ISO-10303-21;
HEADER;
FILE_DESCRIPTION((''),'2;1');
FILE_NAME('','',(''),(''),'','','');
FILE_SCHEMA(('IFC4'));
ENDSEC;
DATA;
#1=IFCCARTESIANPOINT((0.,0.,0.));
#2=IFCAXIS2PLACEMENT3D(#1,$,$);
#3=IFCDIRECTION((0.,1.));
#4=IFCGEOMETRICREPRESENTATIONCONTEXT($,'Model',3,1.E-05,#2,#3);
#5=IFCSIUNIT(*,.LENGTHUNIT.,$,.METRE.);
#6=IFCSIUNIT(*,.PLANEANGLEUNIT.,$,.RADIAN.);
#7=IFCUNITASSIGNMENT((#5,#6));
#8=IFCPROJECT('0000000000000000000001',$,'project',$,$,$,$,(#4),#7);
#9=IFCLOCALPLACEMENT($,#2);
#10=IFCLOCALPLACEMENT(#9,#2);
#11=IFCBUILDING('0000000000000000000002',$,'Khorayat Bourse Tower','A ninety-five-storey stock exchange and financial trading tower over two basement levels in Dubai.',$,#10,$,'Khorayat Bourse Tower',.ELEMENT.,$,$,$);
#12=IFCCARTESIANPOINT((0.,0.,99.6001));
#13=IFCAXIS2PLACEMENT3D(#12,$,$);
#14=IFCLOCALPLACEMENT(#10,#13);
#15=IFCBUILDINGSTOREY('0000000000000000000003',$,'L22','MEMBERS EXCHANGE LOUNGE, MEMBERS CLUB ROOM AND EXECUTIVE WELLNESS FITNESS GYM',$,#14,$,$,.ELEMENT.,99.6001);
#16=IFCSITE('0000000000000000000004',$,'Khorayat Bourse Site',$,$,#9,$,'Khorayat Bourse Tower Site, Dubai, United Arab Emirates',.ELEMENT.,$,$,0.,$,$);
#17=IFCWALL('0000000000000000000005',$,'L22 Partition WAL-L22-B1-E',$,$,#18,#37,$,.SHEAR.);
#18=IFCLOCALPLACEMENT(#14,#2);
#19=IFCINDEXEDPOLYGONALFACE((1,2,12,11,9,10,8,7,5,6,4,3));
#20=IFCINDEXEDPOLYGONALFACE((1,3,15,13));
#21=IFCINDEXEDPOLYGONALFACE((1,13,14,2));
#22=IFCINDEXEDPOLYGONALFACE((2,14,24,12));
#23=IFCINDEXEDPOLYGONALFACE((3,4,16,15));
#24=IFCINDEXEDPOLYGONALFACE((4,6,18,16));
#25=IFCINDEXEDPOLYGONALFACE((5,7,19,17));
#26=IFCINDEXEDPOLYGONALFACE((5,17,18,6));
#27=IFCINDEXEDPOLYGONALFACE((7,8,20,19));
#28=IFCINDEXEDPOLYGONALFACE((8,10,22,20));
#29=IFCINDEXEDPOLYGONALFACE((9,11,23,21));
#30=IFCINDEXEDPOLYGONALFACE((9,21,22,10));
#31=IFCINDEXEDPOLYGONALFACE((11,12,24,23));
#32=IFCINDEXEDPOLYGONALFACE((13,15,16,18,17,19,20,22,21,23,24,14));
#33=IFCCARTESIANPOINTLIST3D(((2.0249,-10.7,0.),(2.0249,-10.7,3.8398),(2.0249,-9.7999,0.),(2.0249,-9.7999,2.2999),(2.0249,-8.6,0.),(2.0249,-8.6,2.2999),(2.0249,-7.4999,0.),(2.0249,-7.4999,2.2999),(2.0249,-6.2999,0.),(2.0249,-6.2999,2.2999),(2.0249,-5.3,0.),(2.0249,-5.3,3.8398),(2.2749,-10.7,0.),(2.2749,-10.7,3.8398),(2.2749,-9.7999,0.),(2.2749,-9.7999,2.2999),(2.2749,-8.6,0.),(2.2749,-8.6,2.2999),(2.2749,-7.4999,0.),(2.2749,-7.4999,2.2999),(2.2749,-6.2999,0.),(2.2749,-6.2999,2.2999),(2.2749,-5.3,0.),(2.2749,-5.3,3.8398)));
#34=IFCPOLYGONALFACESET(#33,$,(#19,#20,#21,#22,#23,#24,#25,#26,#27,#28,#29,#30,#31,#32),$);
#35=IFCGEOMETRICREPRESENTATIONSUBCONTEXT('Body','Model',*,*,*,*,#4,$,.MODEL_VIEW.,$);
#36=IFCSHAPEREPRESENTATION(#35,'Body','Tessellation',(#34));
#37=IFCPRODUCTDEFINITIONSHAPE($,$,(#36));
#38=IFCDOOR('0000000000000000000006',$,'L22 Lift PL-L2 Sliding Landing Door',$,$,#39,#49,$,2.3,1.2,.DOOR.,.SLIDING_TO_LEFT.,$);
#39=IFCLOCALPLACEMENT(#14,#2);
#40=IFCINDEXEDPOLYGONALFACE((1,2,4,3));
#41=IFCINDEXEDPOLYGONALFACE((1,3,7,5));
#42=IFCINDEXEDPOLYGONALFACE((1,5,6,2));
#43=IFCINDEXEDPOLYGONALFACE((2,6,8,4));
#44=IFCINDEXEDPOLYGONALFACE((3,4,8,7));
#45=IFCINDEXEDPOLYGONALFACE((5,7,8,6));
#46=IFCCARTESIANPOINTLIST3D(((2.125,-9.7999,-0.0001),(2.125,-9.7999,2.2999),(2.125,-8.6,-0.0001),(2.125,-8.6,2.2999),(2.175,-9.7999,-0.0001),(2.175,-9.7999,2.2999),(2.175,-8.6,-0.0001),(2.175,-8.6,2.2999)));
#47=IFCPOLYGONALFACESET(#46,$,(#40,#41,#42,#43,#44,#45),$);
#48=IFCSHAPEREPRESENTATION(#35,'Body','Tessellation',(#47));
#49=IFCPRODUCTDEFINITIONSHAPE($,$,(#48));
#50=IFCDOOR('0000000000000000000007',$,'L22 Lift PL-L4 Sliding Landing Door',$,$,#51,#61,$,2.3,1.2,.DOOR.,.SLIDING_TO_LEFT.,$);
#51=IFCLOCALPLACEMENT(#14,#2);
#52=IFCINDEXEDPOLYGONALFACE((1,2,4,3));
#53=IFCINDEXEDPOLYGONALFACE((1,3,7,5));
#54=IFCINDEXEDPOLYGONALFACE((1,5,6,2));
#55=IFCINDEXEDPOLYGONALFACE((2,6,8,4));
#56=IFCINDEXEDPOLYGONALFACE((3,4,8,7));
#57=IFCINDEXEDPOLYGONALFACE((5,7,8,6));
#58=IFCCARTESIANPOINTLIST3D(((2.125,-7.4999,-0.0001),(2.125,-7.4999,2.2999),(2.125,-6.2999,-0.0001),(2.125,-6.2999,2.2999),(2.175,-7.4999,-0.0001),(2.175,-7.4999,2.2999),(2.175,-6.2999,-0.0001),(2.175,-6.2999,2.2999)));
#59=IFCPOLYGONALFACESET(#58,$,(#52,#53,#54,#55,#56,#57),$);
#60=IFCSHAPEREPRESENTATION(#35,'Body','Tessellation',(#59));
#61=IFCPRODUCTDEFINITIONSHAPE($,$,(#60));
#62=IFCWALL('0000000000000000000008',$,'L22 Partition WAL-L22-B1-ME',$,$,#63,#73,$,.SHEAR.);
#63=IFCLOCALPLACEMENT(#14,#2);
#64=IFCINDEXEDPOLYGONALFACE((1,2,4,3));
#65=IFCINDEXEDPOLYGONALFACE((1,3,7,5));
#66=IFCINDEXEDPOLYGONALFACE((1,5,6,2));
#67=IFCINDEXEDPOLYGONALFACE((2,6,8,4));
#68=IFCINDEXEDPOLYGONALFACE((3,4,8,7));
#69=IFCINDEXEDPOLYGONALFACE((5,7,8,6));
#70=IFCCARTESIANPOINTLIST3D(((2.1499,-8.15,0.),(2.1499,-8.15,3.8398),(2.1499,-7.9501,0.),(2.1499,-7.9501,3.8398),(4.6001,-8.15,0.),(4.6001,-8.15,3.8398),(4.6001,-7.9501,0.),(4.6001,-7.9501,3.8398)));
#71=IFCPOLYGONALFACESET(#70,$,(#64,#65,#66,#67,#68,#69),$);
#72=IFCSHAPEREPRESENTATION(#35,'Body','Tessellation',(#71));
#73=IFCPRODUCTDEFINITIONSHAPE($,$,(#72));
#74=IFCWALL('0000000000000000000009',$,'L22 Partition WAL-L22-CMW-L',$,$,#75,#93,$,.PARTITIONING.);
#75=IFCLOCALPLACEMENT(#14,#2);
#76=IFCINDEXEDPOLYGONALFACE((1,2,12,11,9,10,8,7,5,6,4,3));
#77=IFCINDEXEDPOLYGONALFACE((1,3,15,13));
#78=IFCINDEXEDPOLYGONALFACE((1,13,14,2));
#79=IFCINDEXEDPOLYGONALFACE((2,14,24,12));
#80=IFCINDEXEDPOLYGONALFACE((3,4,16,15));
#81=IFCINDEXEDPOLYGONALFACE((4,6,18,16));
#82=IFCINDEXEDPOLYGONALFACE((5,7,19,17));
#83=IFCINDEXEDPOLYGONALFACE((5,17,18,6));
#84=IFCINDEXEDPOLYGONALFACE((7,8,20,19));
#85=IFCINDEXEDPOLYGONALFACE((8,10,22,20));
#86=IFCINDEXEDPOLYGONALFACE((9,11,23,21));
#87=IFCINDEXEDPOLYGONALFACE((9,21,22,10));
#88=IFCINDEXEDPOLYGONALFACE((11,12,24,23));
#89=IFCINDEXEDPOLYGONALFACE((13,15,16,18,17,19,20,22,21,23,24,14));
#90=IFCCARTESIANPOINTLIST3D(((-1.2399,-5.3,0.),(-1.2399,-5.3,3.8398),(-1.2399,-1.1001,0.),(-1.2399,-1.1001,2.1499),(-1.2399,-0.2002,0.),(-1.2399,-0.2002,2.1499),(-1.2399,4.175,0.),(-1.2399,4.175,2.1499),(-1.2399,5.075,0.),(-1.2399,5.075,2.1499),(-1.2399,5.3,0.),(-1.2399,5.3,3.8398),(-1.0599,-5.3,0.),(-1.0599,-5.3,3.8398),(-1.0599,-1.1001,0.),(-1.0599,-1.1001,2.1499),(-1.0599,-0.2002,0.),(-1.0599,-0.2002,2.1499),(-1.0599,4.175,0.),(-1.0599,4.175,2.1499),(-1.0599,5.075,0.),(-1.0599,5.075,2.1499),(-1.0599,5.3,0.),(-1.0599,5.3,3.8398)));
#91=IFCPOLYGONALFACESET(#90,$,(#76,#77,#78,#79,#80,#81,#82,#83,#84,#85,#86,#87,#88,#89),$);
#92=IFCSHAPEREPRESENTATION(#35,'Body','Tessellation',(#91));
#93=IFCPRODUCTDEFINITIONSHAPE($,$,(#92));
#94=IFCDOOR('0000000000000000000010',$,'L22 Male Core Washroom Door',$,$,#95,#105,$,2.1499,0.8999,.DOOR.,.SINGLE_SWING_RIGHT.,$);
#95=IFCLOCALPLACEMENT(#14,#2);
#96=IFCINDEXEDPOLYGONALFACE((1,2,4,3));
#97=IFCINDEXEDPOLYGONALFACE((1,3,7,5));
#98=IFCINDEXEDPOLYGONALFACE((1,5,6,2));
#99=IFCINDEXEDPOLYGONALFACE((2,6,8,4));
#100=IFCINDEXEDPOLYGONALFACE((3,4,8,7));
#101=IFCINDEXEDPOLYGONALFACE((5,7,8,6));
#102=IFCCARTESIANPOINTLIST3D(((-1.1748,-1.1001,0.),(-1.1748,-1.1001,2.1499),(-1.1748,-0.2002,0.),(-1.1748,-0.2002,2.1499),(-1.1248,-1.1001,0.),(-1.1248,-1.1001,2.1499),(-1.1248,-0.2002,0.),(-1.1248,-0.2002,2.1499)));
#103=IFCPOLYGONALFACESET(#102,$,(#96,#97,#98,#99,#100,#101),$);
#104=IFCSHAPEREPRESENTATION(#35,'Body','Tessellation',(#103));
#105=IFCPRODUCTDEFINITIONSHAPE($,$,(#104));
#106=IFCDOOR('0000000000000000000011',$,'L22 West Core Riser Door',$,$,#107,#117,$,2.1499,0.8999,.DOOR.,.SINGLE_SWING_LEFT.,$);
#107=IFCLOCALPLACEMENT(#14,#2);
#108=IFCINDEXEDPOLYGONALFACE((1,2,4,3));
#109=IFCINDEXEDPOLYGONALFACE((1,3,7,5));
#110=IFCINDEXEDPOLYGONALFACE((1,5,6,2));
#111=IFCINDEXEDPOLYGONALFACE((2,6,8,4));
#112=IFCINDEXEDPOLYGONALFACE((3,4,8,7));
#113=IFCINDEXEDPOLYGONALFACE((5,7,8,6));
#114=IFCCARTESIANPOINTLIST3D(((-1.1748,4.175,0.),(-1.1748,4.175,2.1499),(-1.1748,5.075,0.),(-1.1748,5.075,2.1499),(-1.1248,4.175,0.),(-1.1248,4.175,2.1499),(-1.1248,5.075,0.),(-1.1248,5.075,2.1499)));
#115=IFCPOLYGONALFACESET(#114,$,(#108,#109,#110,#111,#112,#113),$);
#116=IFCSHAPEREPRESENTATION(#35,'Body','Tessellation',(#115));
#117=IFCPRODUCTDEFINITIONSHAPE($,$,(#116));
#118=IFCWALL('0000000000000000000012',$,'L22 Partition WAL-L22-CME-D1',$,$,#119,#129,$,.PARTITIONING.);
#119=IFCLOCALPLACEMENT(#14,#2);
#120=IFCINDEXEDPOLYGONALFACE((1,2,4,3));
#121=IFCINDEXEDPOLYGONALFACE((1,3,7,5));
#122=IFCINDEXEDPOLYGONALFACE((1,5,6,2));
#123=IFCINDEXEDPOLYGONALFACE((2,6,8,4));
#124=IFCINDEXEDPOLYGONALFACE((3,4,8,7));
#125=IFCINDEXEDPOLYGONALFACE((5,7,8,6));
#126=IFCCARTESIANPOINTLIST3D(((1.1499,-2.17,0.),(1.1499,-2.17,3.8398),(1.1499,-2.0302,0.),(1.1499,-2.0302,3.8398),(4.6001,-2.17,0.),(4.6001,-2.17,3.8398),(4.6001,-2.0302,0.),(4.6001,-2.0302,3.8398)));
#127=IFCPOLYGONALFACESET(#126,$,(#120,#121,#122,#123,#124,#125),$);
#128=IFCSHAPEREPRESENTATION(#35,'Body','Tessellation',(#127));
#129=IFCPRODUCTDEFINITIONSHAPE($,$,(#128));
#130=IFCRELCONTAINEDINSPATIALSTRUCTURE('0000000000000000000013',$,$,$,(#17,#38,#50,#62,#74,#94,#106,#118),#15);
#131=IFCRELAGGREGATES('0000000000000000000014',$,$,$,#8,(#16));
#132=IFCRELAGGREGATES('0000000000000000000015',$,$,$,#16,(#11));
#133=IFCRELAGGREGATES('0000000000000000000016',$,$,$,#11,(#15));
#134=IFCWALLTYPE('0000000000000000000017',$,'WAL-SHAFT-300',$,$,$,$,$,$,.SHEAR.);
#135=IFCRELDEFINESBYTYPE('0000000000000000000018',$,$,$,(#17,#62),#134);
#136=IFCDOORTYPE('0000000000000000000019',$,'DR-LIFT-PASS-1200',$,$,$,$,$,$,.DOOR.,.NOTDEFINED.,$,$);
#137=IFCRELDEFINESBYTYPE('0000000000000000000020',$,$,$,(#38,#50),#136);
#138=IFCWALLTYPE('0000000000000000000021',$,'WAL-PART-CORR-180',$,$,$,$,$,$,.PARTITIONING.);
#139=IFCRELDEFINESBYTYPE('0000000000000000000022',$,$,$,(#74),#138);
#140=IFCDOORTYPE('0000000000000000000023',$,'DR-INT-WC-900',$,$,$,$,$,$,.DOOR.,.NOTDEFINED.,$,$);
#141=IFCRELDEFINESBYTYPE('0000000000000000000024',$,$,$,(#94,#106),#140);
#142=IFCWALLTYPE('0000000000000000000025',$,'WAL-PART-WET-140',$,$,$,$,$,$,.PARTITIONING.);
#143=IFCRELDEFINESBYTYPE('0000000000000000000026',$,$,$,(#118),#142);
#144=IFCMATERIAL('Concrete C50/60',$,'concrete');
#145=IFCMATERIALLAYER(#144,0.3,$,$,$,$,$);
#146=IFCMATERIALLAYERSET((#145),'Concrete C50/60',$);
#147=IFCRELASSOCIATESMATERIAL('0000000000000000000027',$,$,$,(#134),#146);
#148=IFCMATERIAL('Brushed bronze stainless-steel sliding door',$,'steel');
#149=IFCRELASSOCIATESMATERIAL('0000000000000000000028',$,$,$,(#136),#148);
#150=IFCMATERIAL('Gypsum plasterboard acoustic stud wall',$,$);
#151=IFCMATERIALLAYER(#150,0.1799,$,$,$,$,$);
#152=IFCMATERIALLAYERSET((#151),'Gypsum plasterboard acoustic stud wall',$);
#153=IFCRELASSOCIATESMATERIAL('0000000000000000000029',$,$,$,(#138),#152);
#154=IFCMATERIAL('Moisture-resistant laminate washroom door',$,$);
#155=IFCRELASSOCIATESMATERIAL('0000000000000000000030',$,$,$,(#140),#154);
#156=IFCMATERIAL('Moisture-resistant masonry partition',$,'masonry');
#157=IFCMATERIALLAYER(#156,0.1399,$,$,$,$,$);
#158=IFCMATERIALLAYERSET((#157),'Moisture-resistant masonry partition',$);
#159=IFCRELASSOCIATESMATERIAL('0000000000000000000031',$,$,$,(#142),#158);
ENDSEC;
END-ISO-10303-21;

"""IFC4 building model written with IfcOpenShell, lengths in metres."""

from ifc_helpers import new_model, si_unit, direction, frame, frame_2d, origin, place, context, subcontext, project, spatial, rectangle, extrude, source, transform, mapped, material, layer, layer_set, type_object, element, fill, save


model = new_model("IFC4")

# Units and contexts
model_context = context("Model", 3, precision=1e-05, world=origin(), true_north=direction((0.0, 1.0)))
body_context = subcontext(model_context, "Body", "Model", "MODEL_VIEW")
ifc_project = project(units=[si_unit("LENGTHUNIT", "METRE"), si_unit("PLANEANGLEUNIT", "RADIAN")], contexts=[model_context])

# Site, building, storey
site_placement = place(None, origin())
site = spatial("IfcSite", under=ifc_project, at=site_placement, Name="Khorayat Bourse Site", LongName="Khorayat Bourse Tower Site, Dubai, United Arab Emirates", CompositionType="ELEMENT", RefElevation=0.0)
building_placement = place(site_placement, origin())
building = spatial("IfcBuilding", under=site, at=building_placement, Name="Khorayat Bourse Tower", Description="A ninety-five-storey stock exchange and financial trading tower over two basement levels in Dubai.", LongName="Khorayat Bourse Tower", CompositionType="ELEMENT")
storey_placement = place(building_placement, frame((0.0, 0.0, 99.6001)))
storey = spatial("IfcBuildingStorey", under=building, at=storey_placement, Name="L22", Description="MEMBERS EXCHANGE LOUNGE, MEMBERS CLUB ROOM AND EXECUTIVE WELLNESS FITNESS GYM", CompositionType="ELEMENT", Elevation=99.6001)

# Shared definitions
ifc_material_1 = material(Name="Concrete C50/60", Category="concrete")
ifc_layer_1 = layer(ifc_material_1, 0.3)
ifc_layer_set_1 = layer_set([ifc_layer_1], Name="Concrete C50/60")
wall_type_1 = type_object("IfcWallType", Name="WAL-SHAFT-300", PredefinedType="SHEAR", material=ifc_layer_set_1)

# Wall, openings, doors
shared_shape_1 = source(origin(), body_context, "Body", "SweptSolid", [
    extrude(rectangle(XDim=5.3999, YDim=0.25, at=frame_2d((2.7, 0.0))), origin(), (0.0, 0.0, 1.0), 3.8398),
])
shared_shape_2 = source(origin(), body_context, "Body", "SweptSolid", [
    extrude(rectangle(XDim=1.2, YDim=2.3, at=frame_2d((0.6001, 1.1499))), frame((0.0, 0.135, 0.0), z_axis=(0.0, -1.0, 0.0), x_axis=(1.0, 0.0, 0.0)), (0.0, 0.0, 1.0), 0.27),
])
ifc_material_2 = material(Name="Brushed bronze stainless-steel sliding door", Category="steel")
door_type_1 = type_object("IfcDoorType", Name="DR-LIFT-PASS-1200", OperationType="NOTDEFINED", PredefinedType="DOOR", material=ifc_material_2)
shared_shape_3 = source(origin(), body_context, "Body", "SweptSolid", [
    extrude(rectangle(XDim=1.2, YDim=2.3, at=frame_2d((0.6001, 1.1499))), frame((0.0, 0.0249, 0.0), z_axis=(0.0, -1.0, 0.0), x_axis=(1.0, 0.0, 0.0)), (0.0, 0.0, 1.0), 0.05),
])
wall_1_placement = place(storey_placement, frame((2.1499, -10.7, 0.0), z_axis=(0.0, 0.0, 1.0), x_axis=(0.0, 1.0, 0.0)))
wall_1 = element("IfcWall", 1, at=wall_1_placement, inside=storey, type_object=wall_type_1, Name="L22 Partition WAL-L22-B1-E", PredefinedType="SHEAR", context=body_context, shape_type="MappedRepresentation", body=[
    mapped(shared_shape_1, transform((0.0, 0.0, 0.0), scale=1.0)),
])
opening_1_placement = place(wall_1_placement, frame((0.8999, 0.0, 0.0)))
opening_1 = element("IfcOpeningElement", 2, at=opening_1_placement, cuts=wall_1, PredefinedType="OPENING", context=body_context, shape_type="MappedRepresentation", body=[
    mapped(shared_shape_2, transform((0.0, 0.0, 0.0), scale=1.0)),
])
opening_2_placement = place(wall_1_placement, frame((3.2, 0.0, 0.0)))
opening_2 = element("IfcOpeningElement", 3, at=opening_2_placement, cuts=wall_1, PredefinedType="OPENING", context=body_context, shape_type="MappedRepresentation", body=[
    mapped(shared_shape_2, transform((0.0, 0.0, 0.0), scale=1.0)),
])
door_1_placement = place(opening_1_placement, origin())
door_1 = element("IfcDoor", 4, at=door_1_placement, inside=storey, type_object=door_type_1, Name="L22 Lift PL-L2 Sliding Landing Door", OperationType="SLIDING_TO_LEFT", OverallHeight=2.3, OverallWidth=1.2, PredefinedType="DOOR", context=body_context, shape_type="MappedRepresentation", body=[
    mapped(shared_shape_3, transform((0.0, 0.0, 0.0), scale=1.0)),
])
fill(opening_1, door_1)
door_2_placement = place(opening_2_placement, origin())
door_2 = element("IfcDoor", 5, at=door_2_placement, inside=storey, type_object=door_type_1, Name="L22 Lift PL-L4 Sliding Landing Door", OperationType="SLIDING_TO_LEFT", OverallHeight=2.3, OverallWidth=1.2, PredefinedType="DOOR", context=body_context, shape_type="MappedRepresentation", body=[
    mapped(shared_shape_3, transform((0.0, 0.0, 0.0), scale=1.0)),
])
fill(opening_2, door_2)

# Wall
shared_shape_4 = source(origin(), body_context, "Body", "SweptSolid", [
    extrude(rectangle(XDim=2.4502, YDim=0.2, at=frame_2d((1.2251, 0.0))), origin(), (0.0, 0.0, 1.0), 3.8398),
])
wall_2_placement = place(storey_placement, frame((2.1499, -8.05, 0.0), z_axis=(0.0, 0.0, 1.0), x_axis=(1.0, 0.0, 0.0)))
element("IfcWall", 6, at=wall_2_placement, inside=storey, type_object=wall_type_1, Name="L22 Partition WAL-L22-B1-ME", PredefinedType="SHEAR", context=body_context, shape_type="MappedRepresentation", body=[
    mapped(shared_shape_4, transform((0.0, 0.0, 0.0), scale=1.0)),
])

# Wall, openings, doors
ifc_material_3 = material(Name="Gypsum plasterboard acoustic stud wall")
ifc_layer_2 = layer(ifc_material_3, 0.1799)
ifc_layer_set_2 = layer_set([ifc_layer_2], Name="Gypsum plasterboard acoustic stud wall")
wall_type_2 = type_object("IfcWallType", Name="WAL-PART-CORR-180", PredefinedType="PARTITIONING", material=ifc_layer_set_2)
shared_shape_5 = source(origin(), body_context, "Body", "SweptSolid", [
    extrude(rectangle(XDim=10.6001, YDim=0.1799, at=frame_2d((5.3, 0.0))), origin(), (0.0, 0.0, 1.0), 3.8398),
])
wall_3_placement = place(storey_placement, frame((-1.1499, -5.3, 0.0), z_axis=(0.0, 0.0, 1.0), x_axis=(0.0, 1.0, 0.0)))
wall_3 = element("IfcWall", 7, at=wall_3_placement, inside=storey, type_object=wall_type_2, Name="L22 Partition WAL-L22-CMW-L", PredefinedType="PARTITIONING", context=body_context, shape_type="MappedRepresentation", body=[
    mapped(shared_shape_5, transform((0.0, 0.0, 0.0), scale=1.0)),
])
shared_shape_6 = source(origin(), body_context, "Body", "SweptSolid", [
    extrude(rectangle(XDim=0.8999, YDim=2.1499, at=frame_2d((0.45, 1.075))), frame((0.0, 0.0999, 0.0), z_axis=(0.0, -1.0, 0.0), x_axis=(1.0, 0.0, 0.0)), (0.0, 0.0, 1.0), 0.2),
])
opening_3_placement = place(wall_3_placement, frame((4.2, 0.0, 0.0)))
opening_3 = element("IfcOpeningElement", 8, at=opening_3_placement, cuts=wall_3, PredefinedType="OPENING", context=body_context, shape_type="MappedRepresentation", body=[
    mapped(shared_shape_6, transform((0.0, 0.0, 0.0), scale=1.0)),
])
opening_4_placement = place(wall_3_placement, frame((9.4751, 0.0, 0.0)))
opening_4 = element("IfcOpeningElement", 9, at=opening_4_placement, cuts=wall_3, PredefinedType="OPENING", context=body_context, shape_type="MappedRepresentation", body=[
    mapped(shared_shape_6, transform((0.0, 0.0, 0.0), scale=1.0)),
])
ifc_material_4 = material(Name="Moisture-resistant laminate washroom door")
door_type_2 = type_object("IfcDoorType", Name="DR-INT-WC-900", OperationType="NOTDEFINED", PredefinedType="DOOR", material=ifc_material_4)
shared_shape_7 = source(origin(), body_context, "Body", "SweptSolid", [
    extrude(rectangle(XDim=0.8999, YDim=2.1499, at=frame_2d((0.45, 1.075))), frame((0.0, 0.0249, 0.0), z_axis=(0.0, -1.0, 0.0), x_axis=(1.0, 0.0, 0.0)), (0.0, 0.0, 1.0), 0.05),
])
door_3_placement = place(opening_3_placement, origin())
door_3 = element("IfcDoor", 10, at=door_3_placement, inside=storey, type_object=door_type_2, Name="L22 Male Core Washroom Door", OperationType="SINGLE_SWING_RIGHT", OverallHeight=2.1499, OverallWidth=0.8999, PredefinedType="DOOR", context=body_context, shape_type="MappedRepresentation", body=[
    mapped(shared_shape_7, transform((0.0, 0.0, 0.0), scale=1.0)),
])
fill(opening_3, door_3)
door_4_placement = place(opening_4_placement, origin())
door_4 = element("IfcDoor", 11, at=door_4_placement, inside=storey, type_object=door_type_2, Name="L22 West Core Riser Door", OperationType="SINGLE_SWING_LEFT", OverallHeight=2.1499, OverallWidth=0.8999, PredefinedType="DOOR", context=body_context, shape_type="MappedRepresentation", body=[
    mapped(shared_shape_7, transform((0.0, 0.0, 0.0), scale=1.0)),
])
fill(opening_4, door_4)

# Wall
ifc_material_5 = material(Name="Moisture-resistant masonry partition", Category="masonry")
ifc_layer_3 = layer(ifc_material_5, 0.1399)
ifc_layer_set_3 = layer_set([ifc_layer_3], Name="Moisture-resistant masonry partition")
wall_type_3 = type_object("IfcWallType", Name="WAL-PART-WET-140", PredefinedType="PARTITIONING", material=ifc_layer_set_3)
shared_shape_8 = source(origin(), body_context, "Body", "SweptSolid", [
    extrude(rectangle(XDim=3.4502, YDim=0.1399, at=frame_2d((1.7251, 0.0))), origin(), (0.0, 0.0, 1.0), 3.8398),
])
wall_4_placement = place(storey_placement, frame((1.1499, -2.1001, 0.0), z_axis=(0.0, 0.0, 1.0), x_axis=(1.0, 0.0, 0.0)))
element("IfcWall", 12, at=wall_4_placement, inside=storey, type_object=wall_type_3, Name="L22 Partition WAL-L22-CME-D1", PredefinedType="PARTITIONING", context=body_context, shape_type="MappedRepresentation", body=[
    mapped(shared_shape_8, transform((0.0, 0.0, 0.0), scale=1.0)),
])

save(model, "model.ifc")
